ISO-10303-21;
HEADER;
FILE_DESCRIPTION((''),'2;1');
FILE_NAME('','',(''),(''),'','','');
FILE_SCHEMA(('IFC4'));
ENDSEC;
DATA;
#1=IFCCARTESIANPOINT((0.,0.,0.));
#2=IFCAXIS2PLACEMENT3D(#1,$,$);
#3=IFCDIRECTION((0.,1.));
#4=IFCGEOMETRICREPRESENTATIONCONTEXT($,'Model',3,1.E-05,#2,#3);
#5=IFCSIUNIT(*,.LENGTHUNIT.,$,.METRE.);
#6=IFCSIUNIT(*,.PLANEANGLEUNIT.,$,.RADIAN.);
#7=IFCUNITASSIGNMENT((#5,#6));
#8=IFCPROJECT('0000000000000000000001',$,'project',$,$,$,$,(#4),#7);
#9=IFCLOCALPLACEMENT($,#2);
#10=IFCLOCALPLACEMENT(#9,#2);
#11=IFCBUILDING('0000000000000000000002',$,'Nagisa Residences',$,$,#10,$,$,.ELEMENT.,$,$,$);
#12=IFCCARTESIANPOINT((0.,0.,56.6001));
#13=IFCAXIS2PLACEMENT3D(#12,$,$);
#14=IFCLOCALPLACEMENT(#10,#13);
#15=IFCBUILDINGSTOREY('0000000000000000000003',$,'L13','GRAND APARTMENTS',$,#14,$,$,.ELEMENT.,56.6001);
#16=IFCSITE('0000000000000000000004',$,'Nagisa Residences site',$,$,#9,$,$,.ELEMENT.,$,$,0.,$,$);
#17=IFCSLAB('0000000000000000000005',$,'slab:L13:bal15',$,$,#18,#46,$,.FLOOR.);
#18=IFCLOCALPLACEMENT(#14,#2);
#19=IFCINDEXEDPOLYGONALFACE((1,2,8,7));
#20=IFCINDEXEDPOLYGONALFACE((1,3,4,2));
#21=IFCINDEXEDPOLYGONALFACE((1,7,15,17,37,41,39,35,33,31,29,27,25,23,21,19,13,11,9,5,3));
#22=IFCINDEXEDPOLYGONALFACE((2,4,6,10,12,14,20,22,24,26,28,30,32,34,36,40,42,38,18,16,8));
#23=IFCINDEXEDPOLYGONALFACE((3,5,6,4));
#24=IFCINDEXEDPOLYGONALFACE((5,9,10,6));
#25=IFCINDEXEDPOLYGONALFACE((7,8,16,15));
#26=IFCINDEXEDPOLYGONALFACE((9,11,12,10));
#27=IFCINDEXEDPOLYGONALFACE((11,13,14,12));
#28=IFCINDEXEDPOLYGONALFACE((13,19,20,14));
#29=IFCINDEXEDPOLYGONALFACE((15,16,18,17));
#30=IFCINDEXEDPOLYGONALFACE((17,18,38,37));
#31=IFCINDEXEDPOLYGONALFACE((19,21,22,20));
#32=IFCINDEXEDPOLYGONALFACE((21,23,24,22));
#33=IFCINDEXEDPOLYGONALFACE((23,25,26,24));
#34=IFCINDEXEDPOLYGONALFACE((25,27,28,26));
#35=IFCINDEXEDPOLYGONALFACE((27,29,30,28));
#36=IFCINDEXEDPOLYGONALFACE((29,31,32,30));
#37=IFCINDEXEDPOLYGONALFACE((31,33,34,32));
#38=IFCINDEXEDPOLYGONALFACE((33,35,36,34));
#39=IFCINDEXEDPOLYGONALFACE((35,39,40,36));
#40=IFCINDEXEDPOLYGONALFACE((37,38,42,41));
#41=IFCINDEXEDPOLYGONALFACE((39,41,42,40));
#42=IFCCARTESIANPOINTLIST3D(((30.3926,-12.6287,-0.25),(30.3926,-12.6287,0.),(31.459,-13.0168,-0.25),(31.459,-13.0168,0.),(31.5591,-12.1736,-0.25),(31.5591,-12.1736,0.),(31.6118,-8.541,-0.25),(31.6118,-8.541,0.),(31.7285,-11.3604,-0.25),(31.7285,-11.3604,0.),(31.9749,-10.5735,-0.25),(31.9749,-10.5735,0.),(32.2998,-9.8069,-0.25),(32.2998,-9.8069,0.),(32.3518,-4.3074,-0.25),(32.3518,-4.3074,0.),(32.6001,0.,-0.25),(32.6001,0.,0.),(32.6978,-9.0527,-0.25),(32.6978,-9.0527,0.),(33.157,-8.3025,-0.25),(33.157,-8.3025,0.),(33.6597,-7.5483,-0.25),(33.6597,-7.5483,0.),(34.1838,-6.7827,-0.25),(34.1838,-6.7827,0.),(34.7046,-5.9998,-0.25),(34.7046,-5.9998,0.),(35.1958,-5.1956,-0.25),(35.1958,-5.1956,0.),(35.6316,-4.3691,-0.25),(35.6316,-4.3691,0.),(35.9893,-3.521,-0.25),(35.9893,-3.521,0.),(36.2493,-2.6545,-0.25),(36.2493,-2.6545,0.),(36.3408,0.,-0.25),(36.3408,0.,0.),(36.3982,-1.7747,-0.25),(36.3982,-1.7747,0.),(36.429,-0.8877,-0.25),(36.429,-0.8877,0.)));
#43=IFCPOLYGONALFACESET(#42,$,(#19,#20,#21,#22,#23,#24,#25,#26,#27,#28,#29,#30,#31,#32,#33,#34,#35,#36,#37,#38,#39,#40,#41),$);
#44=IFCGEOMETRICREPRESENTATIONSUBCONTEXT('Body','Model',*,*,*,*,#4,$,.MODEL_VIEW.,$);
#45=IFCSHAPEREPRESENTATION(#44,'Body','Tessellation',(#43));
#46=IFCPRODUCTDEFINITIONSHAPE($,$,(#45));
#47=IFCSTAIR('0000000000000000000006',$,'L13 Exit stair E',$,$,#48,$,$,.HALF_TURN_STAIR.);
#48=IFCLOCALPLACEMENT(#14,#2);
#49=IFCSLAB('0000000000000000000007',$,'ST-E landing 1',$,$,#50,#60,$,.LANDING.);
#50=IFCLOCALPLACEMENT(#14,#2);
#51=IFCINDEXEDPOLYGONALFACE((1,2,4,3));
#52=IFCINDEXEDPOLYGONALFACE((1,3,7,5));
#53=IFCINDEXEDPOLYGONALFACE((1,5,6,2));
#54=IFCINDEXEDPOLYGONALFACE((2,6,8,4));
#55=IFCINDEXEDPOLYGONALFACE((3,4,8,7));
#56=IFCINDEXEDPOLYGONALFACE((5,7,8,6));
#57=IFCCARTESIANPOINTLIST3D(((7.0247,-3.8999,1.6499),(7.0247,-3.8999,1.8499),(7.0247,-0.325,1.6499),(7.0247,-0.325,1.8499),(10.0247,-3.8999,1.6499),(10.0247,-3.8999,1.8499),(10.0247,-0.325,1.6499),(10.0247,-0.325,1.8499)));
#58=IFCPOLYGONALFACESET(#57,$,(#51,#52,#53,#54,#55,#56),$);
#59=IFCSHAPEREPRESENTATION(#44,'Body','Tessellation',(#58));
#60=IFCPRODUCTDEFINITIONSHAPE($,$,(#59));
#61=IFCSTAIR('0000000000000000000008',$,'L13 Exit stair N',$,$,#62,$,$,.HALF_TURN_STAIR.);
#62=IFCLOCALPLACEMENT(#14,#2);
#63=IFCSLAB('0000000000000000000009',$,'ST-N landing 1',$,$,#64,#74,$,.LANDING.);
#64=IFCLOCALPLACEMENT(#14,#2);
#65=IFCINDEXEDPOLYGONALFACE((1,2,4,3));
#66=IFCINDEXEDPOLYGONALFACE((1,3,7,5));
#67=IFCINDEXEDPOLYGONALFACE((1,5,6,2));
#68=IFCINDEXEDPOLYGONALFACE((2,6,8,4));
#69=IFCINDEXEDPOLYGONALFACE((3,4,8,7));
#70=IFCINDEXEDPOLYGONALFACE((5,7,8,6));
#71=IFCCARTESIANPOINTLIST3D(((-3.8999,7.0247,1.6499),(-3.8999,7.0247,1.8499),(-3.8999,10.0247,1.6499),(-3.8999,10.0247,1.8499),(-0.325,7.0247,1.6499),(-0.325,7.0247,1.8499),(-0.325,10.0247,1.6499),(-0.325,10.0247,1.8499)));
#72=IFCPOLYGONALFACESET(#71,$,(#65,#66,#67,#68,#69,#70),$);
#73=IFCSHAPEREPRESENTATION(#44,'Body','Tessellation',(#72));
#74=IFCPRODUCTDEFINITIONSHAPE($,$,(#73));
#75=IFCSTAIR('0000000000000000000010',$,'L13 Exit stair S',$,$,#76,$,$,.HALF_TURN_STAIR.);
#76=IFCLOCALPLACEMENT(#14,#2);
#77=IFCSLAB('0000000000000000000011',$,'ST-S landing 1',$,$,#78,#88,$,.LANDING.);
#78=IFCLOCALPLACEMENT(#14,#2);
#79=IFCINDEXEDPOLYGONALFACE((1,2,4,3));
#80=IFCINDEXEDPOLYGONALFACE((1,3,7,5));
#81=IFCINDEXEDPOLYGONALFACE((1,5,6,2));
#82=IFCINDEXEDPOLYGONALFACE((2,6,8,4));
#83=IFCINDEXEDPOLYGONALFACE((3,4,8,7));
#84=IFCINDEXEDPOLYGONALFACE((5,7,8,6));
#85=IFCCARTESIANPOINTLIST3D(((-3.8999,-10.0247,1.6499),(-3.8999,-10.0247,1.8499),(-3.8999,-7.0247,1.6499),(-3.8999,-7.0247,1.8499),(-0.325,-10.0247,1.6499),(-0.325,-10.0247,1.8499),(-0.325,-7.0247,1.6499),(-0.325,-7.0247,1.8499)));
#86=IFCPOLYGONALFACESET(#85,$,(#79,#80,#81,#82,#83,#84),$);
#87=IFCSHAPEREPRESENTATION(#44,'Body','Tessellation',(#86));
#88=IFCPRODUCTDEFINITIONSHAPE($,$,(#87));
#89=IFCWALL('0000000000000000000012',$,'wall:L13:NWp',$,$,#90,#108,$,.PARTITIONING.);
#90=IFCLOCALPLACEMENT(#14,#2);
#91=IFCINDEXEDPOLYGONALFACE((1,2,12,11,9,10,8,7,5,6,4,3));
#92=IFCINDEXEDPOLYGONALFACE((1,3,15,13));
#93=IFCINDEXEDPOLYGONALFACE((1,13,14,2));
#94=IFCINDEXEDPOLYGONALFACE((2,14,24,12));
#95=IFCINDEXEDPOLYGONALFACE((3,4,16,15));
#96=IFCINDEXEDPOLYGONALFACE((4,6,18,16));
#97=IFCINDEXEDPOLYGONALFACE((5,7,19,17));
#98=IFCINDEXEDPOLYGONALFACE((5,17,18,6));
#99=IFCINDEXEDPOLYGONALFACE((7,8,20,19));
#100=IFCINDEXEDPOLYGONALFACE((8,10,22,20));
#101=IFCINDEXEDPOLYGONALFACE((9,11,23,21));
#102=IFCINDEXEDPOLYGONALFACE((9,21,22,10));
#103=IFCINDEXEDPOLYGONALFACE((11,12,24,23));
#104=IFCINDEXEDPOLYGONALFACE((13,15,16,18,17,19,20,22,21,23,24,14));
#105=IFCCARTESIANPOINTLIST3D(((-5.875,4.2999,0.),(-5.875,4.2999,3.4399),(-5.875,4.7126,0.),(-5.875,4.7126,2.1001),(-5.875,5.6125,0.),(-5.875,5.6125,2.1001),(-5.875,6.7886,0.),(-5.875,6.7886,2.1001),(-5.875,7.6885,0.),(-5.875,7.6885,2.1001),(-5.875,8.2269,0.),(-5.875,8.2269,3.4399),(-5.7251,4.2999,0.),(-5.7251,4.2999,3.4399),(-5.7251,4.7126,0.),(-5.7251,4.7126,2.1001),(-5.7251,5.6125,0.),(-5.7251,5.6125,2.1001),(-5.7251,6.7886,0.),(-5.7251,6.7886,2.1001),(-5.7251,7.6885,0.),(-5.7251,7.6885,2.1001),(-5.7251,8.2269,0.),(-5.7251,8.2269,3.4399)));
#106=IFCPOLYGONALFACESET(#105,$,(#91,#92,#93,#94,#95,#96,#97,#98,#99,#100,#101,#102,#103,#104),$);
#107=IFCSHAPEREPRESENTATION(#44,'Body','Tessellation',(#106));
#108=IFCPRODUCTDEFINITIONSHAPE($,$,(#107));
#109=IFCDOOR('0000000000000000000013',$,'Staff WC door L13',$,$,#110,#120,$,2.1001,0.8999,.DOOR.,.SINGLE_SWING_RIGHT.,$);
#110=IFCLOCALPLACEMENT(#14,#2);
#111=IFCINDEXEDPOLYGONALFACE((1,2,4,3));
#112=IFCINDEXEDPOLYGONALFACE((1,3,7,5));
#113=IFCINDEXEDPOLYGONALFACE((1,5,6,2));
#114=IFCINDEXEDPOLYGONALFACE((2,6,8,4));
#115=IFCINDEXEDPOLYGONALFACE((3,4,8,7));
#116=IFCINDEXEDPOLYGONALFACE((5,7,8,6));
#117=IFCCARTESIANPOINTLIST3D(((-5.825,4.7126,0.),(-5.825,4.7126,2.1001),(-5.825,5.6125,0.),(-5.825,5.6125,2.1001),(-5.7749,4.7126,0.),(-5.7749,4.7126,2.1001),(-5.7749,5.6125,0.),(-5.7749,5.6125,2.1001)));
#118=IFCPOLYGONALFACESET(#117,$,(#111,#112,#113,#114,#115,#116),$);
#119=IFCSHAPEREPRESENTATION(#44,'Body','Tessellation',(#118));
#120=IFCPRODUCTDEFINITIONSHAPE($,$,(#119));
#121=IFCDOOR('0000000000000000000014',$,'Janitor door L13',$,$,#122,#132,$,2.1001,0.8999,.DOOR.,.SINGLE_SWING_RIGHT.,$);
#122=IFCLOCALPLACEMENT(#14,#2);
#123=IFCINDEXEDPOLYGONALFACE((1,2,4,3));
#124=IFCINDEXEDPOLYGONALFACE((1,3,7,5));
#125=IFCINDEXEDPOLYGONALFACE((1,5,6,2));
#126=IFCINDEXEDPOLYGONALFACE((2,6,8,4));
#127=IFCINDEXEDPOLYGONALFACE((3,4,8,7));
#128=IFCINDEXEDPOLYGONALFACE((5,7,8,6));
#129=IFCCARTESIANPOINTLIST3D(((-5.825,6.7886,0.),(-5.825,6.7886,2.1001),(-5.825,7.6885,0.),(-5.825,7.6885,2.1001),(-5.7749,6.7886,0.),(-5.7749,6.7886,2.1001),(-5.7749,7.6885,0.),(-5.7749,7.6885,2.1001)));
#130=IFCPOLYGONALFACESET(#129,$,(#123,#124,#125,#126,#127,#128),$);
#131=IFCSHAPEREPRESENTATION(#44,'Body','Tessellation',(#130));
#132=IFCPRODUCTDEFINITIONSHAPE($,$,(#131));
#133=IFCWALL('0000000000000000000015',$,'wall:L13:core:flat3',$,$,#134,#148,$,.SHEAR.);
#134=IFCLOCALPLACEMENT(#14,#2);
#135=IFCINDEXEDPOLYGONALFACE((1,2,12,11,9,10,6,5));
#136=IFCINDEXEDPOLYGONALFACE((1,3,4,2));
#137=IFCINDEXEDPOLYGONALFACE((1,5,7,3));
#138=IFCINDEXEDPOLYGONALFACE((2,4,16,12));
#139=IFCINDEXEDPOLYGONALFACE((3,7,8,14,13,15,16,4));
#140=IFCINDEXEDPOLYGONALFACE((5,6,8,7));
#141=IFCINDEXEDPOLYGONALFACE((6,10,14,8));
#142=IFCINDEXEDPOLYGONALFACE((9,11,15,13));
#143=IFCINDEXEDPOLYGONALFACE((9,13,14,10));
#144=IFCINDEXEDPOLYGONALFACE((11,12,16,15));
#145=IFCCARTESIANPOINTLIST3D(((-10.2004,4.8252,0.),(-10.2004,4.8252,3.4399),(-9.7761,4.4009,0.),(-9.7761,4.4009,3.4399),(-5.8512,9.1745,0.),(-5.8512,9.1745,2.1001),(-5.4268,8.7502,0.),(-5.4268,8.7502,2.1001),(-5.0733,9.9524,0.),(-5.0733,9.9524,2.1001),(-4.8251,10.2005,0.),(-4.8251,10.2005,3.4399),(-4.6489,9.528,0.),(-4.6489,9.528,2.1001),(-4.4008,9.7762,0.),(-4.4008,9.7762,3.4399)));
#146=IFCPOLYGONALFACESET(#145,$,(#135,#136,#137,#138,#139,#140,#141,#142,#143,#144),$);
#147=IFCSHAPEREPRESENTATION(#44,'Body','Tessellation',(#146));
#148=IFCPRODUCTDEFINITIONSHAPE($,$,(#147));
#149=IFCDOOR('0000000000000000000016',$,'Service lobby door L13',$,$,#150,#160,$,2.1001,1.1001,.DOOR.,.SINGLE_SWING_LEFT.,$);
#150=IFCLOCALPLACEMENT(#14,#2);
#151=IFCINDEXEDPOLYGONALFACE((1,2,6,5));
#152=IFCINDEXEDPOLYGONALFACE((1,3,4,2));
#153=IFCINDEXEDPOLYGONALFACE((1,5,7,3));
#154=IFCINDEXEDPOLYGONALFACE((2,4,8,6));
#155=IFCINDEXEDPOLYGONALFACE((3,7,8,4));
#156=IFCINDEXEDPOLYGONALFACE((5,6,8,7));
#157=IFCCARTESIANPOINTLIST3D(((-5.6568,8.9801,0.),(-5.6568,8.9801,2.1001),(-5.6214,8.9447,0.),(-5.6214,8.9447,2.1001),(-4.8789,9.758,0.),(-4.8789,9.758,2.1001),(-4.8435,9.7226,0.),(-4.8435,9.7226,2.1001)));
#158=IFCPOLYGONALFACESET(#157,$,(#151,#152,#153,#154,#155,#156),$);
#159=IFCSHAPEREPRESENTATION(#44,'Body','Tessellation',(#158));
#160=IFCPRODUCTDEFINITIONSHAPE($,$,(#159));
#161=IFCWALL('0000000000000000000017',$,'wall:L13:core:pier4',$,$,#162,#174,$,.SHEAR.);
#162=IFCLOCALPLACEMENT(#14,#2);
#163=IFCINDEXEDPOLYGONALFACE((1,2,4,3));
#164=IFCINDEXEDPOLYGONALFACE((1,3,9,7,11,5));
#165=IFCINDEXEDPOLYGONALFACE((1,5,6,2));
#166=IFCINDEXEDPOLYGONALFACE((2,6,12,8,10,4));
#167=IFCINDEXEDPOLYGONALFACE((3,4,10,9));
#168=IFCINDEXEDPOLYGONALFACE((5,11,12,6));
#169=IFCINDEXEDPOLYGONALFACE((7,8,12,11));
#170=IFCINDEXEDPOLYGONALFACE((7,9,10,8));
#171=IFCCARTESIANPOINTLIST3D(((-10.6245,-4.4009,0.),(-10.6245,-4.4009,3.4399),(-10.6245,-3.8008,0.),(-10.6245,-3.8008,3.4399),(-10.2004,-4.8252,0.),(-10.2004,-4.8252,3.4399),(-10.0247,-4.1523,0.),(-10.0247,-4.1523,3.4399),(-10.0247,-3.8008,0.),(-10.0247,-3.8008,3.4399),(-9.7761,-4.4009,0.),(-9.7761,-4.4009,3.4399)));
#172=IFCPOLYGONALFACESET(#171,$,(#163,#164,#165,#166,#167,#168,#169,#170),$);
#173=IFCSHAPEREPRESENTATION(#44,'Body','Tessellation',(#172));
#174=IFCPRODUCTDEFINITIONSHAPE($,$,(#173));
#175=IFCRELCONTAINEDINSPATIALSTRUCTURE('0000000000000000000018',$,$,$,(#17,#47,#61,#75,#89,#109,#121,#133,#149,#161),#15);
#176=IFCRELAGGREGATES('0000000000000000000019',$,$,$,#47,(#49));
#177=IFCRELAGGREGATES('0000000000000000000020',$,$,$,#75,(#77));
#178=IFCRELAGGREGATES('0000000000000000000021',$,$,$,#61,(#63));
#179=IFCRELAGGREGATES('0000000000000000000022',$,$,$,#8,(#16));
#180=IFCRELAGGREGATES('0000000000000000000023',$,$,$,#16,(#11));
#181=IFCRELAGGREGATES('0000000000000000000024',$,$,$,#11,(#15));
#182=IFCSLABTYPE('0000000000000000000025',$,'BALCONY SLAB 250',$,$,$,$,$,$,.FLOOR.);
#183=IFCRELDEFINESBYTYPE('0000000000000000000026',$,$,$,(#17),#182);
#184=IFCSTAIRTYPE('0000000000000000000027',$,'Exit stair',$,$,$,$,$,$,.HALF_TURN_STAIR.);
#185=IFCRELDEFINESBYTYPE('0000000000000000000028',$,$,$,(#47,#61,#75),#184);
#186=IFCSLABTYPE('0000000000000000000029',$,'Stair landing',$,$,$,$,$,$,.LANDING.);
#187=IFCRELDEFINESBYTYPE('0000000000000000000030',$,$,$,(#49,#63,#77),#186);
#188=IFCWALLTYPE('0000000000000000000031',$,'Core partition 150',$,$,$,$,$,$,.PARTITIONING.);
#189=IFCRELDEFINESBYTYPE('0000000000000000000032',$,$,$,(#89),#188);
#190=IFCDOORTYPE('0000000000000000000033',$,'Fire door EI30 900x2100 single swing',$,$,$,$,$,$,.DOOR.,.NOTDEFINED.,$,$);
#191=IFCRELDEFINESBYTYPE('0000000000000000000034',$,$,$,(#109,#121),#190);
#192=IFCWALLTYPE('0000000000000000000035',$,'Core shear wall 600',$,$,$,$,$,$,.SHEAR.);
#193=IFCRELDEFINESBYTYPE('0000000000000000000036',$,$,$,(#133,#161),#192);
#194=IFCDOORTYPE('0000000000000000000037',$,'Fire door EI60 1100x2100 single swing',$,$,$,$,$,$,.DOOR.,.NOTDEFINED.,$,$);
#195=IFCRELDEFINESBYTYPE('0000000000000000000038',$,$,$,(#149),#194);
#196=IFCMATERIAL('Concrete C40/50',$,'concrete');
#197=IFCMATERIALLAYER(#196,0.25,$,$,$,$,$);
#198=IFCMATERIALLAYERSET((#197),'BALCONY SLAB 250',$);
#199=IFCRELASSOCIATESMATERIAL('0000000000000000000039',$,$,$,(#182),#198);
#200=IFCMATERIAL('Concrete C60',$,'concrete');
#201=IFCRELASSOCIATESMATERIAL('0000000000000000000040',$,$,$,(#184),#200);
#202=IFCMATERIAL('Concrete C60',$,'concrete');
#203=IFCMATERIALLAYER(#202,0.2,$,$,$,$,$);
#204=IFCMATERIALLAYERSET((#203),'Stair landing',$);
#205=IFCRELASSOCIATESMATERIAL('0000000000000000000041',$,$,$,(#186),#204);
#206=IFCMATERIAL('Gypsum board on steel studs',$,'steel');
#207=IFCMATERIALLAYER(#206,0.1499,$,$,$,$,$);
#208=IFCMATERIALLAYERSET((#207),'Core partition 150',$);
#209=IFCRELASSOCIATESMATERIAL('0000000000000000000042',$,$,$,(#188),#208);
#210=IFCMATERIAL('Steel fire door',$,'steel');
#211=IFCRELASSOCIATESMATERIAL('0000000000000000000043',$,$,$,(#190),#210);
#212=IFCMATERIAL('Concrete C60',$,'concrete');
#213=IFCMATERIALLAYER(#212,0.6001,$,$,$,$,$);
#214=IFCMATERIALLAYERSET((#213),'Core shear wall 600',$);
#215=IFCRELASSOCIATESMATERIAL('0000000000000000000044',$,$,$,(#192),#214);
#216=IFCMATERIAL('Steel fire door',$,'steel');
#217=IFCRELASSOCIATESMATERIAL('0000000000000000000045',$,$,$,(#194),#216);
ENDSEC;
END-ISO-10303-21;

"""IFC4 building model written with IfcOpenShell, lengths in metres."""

from ifc_helpers import new_model, si_unit, direction, frame, frame_2d, origin, place, context, subcontext, project, spatial, polyline, rectangle, outline, extrude, material, layer, layer_set, type_object, element, fill, aggregate, save


model = new_model("IFC4")

# Units and contexts
model_context = context("Model", 3, precision=1e-05, world=origin(), true_north=direction((0.0, 1.0)))
body_context = subcontext(model_context, "Body", "Model", "MODEL_VIEW")
ifc_project = project(units=[si_unit("LENGTHUNIT", "METRE"), si_unit("PLANEANGLEUNIT", "RADIAN")], contexts=[model_context])

# Site, building, storey
site_placement = place(None, origin())
site = spatial("IfcSite", under=ifc_project, at=site_placement, Name="Nagisa Residences site", CompositionType="ELEMENT", RefElevation=0.0)
building_placement = place(site_placement, origin())
building = spatial("IfcBuilding", under=site, at=building_placement, Name="Nagisa Residences", CompositionType="ELEMENT")
storey_placement = place(building_placement, frame((0.0, 0.0, 56.6001)))
storey = spatial("IfcBuildingStorey", under=building, at=storey_placement, Name="L13", Description="GRAND APARTMENTS", CompositionType="ELEMENT", Elevation=56.6001)

# Slab
ifc_material_1 = material(Name="Concrete C40/50", Category="concrete")
ifc_layer_1 = layer(ifc_material_1, 0.25)
ifc_layer_set_1 = layer_set([ifc_layer_1], Name="BALCONY SLAB 250")
slab_type_1 = type_object("IfcSlabType", Name="BALCONY SLAB 250", PredefinedType="FLOOR", material=ifc_layer_set_1)
slab_1_placement = place(storey_placement, frame((0.0, 0.0, -0.25)))
element("IfcSlab", 1, at=slab_1_placement, inside=storey, type_object=slab_type_1, Name="slab:L13:bal15", PredefinedType="FLOOR", context=body_context, shape_type="SweptSolid", body=[
    extrude(outline(polyline([(31.459, -13.0168), (31.5591, -12.1736), (31.7285, -11.3604), (31.9749, -10.5735), (32.2998, -9.8069), (32.6978, -9.0527), (33.157, -8.3025), (33.6597, -7.5483), (34.1838, -6.7827), (34.7046, -5.9998), (35.1958, -5.1956), (35.6316, -4.3691), (35.9893, -3.521), (36.2493, -2.6545), (36.3982, -1.7747), (36.429, -0.8877), (36.3408, 0.0), (32.6001, 0.0), (32.3518, -4.3074), (31.6118, -8.541), (30.3926, -12.6287), (31.459, -13.0168)])), origin(), (0.0, 0.0, 1.0), 0.25),
])

# Stairs, slabs
ifc_material_2 = material(Name="Concrete C60", Category="concrete")
stair_type = type_object("IfcStairType", Name="Exit stair", PredefinedType="HALF_TURN_STAIR", material=ifc_material_2)
stair_1_placement = place(storey_placement, origin())
stair_1 = element("IfcStair", 2, at=stair_1_placement, inside=storey, type_object=stair_type, Name="L13 Exit stair E", PredefinedType="HALF_TURN_STAIR")
ifc_material_3 = material(Name="Concrete C60", Category="concrete")
ifc_layer_2 = layer(ifc_material_3, 0.2)
ifc_layer_set_2 = layer_set([ifc_layer_2], Name="Stair landing")
slab_type_2 = type_object("IfcSlabType", Name="Stair landing", PredefinedType="LANDING", material=ifc_layer_set_2)
slab_2_placement = place(storey_placement, frame((0.0, 0.0, 1.6499)))
slab_2 = element("IfcSlab", 3, at=slab_2_placement, type_object=slab_type_2, Name="ST-E landing 1", PredefinedType="LANDING", context=body_context, shape_type="SweptSolid", body=[
    extrude(outline(polyline([(7.0247, -0.325), (7.0247, -3.8999), (10.0247, -3.8999), (10.0247, -0.325), (7.0247, -0.325)])), origin(), (0.0, 0.0, 1.0), 0.2),
])
aggregate(stair_1, [slab_2])
stair_2_placement = place(storey_placement, origin())
stair_2 = element("IfcStair", 4, at=stair_2_placement, inside=storey, type_object=stair_type, Name="L13 Exit stair N", PredefinedType="HALF_TURN_STAIR")
slab_3_placement = place(storey_placement, frame((0.0, 0.0, 1.6499)))
slab_3 = element("IfcSlab", 5, at=slab_3_placement, type_object=slab_type_2, Name="ST-N landing 1", PredefinedType="LANDING", context=body_context, shape_type="SweptSolid", body=[
    extrude(outline(polyline([(-0.325, 10.0247), (-3.8999, 10.0247), (-3.8999, 7.0247), (-0.325, 7.0247), (-0.325, 10.0247)])), origin(), (0.0, 0.0, 1.0), 0.2),
])
stair_3_placement = place(storey_placement, origin())
stair_3 = element("IfcStair", 6, at=stair_3_placement, inside=storey, type_object=stair_type, Name="L13 Exit stair S", PredefinedType="HALF_TURN_STAIR")
slab_4_placement = place(storey_placement, frame((0.0, 0.0, 1.6499)))
slab_4 = element("IfcSlab", 7, at=slab_4_placement, type_object=slab_type_2, Name="ST-S landing 1", PredefinedType="LANDING", context=body_context, shape_type="SweptSolid", body=[
    extrude(outline(polyline([(-0.325, -7.0247), (-3.8999, -7.0247), (-3.8999, -10.0247), (-0.325, -10.0247), (-0.325, -7.0247)])), origin(), (0.0, 0.0, 1.0), 0.2),
])
aggregate(stair_3, [slab_4])

# Wall, openings, doors
ifc_material_4 = material(Name="Gypsum board on steel studs", Category="steel")
ifc_layer_3 = layer(ifc_material_4, 0.1499)
ifc_layer_set_3 = layer_set([ifc_layer_3], Name="Core partition 150")
wall_type_1 = type_object("IfcWallType", Name="Core partition 150", PredefinedType="PARTITIONING", material=ifc_layer_set_3)
wall_1_placement = place(storey_placement, frame((-5.8, 4.3, 0.0), z_axis=(0.0, 0.0, 1.0), x_axis=(0.0, 1.0, 0.0)))
wall_1 = element("IfcWall", 8, at=wall_1_placement, inside=storey, type_object=wall_type_1, Name="wall:L13:NWp", PredefinedType="PARTITIONING", context=body_context, shape_type="SweptSolid", body=[
    extrude(rectangle(XDim=3.927, YDim=0.1499, at=frame_2d((1.9634, 0.0))), origin(), (0.0, 0.0, 1.0), 3.4399),
])
opening_1_placement = place(wall_1_placement, frame((0.4126, 0.0, 0.0)))
opening_1 = element("IfcOpeningElement", 9, at=opening_1_placement, cuts=wall_1, PredefinedType="OPENING", context=body_context, shape_type="SweptSolid", body=[
    extrude(rectangle(XDim=0.8999, YDim=2.1001, at=frame_2d((0.45, 1.05))), frame((0.0, 0.085, 0.0), z_axis=(0.0, -1.0, 0.0), x_axis=(1.0, 0.0, 0.0)), (0.0, 0.0, 1.0), 0.1699),
])
opening_2_placement = place(wall_1_placement, frame((2.4885, 0.0, 0.0)))
opening_2 = element("IfcOpeningElement", 10, at=opening_2_placement, cuts=wall_1, PredefinedType="OPENING", context=body_context, shape_type="SweptSolid", body=[
    extrude(rectangle(XDim=0.8999, YDim=2.1001, at=frame_2d((0.45, 1.05))), frame((0.0, 0.085, 0.0), z_axis=(0.0, -1.0, 0.0), x_axis=(1.0, 0.0, 0.0)), (0.0, 0.0, 1.0), 0.1699),
])
ifc_material_5 = material(Name="Steel fire door", Category="steel")
door_type_1 = type_object("IfcDoorType", Name="Fire door EI30 900x2100 single swing", OperationType="NOTDEFINED", PredefinedType="DOOR", material=ifc_material_5)
door_1_placement = place(opening_1_placement, origin())
door_1 = element("IfcDoor", 11, at=door_1_placement, inside=storey, type_object=door_type_1, Name="Staff WC door L13", OperationType="SINGLE_SWING_RIGHT", OverallHeight=2.1001, OverallWidth=0.8999, PredefinedType="DOOR", context=body_context, shape_type="SweptSolid", body=[
    extrude(rectangle(XDim=0.8999, YDim=2.1001, at=frame_2d((0.45, 1.05))), frame((0.0, 0.0249, 0.0), z_axis=(0.0, -1.0, 0.0), x_axis=(1.0, 0.0, 0.0)), (0.0, 0.0, 1.0), 0.05),
])
fill(opening_1, door_1)
door_2_placement = place(opening_2_placement, origin())
door_2 = element("IfcDoor", 12, at=door_2_placement, inside=storey, type_object=door_type_1, Name="Janitor door L13", OperationType="SINGLE_SWING_RIGHT", OverallHeight=2.1001, OverallWidth=0.8999, PredefinedType="DOOR", context=body_context, shape_type="SweptSolid", body=[
    extrude(rectangle(XDim=0.8999, YDim=2.1001, at=frame_2d((0.45, 1.05))), frame((0.0, 0.0249, 0.0), z_axis=(0.0, -1.0, 0.0), x_axis=(1.0, 0.0, 0.0)), (0.0, 0.0, 1.0), 0.05),
])
fill(opening_2, door_2)

# Wall, opening, door
ifc_material_6 = material(Name="Concrete C60", Category="concrete")
ifc_layer_4 = layer(ifc_material_6, 0.6001)
ifc_layer_set_4 = layer_set([ifc_layer_4], Name="Core shear wall 600")
wall_type_2 = type_object("IfcWallType", Name="Core shear wall 600", PredefinedType="SHEAR", material=ifc_layer_set_4)
wall_2_placement = place(storey_placement, frame((-4.613, 9.9883, 0.0), z_axis=(0.0, 0.0, 1.0), x_axis=(-0.707107, -0.707107, 0.0)))
wall_2 = element("IfcWall", 13, at=wall_2_placement, inside=storey, type_object=wall_type_2, Name="wall:L13:core:flat3", PredefinedType="SHEAR", context=body_context, shape_type="SweptSolid", body=[
    extrude(rectangle(XDim=7.6018, YDim=0.6001, at=frame_2d((3.8008, 0.0))), origin(), (0.0, 0.0, 1.0), 3.4399),
])
opening_3_placement = place(wall_2_placement, frame((0.3508, 0.0, 0.0)))
opening_3 = element("IfcOpeningElement", 14, at=opening_3_placement, cuts=wall_2, PredefinedType="OPENING", context=body_context, shape_type="SweptSolid", body=[
    extrude(rectangle(XDim=1.1001, YDim=2.1001, at=frame_2d((0.55, 1.05))), frame((0.0, 0.3101, 0.0), z_axis=(0.0, -1.0, 0.0), x_axis=(1.0, 0.0, 0.0)), (0.0, 0.0, 1.0), 0.6201),
])
ifc_material_7 = material(Name="Steel fire door", Category="steel")
door_type_2 = type_object("IfcDoorType", Name="Fire door EI60 1100x2100 single swing", OperationType="NOTDEFINED", PredefinedType="DOOR", material=ifc_material_7)
door_3_placement = place(opening_3_placement, origin())
door_3 = element("IfcDoor", 15, at=door_3_placement, inside=storey, type_object=door_type_2, Name="Service lobby door L13", OperationType="SINGLE_SWING_LEFT", OverallHeight=2.1001, OverallWidth=1.1001, PredefinedType="DOOR", context=body_context, shape_type="SweptSolid", body=[
    extrude(rectangle(XDim=1.1001, YDim=2.1001, at=frame_2d((0.55, 1.05))), frame((0.0, 0.0249, 0.0), z_axis=(0.0, -1.0, 0.0), x_axis=(1.0, 0.0, 0.0)), (0.0, 0.0, 1.0), 0.05),
])
fill(opening_3, door_3)

# Wall
wall_3_placement = place(storey_placement, origin())
element("IfcWall", 16, at=wall_3_placement, inside=storey, type_object=wall_type_2, Name="wall:L13:core:pier4", PredefinedType="SHEAR", context=body_context, shape_type="SweptSolid", body=[
    extrude(outline(polyline([(-10.6245, -3.8008), (-10.0247, -3.8008), (-10.0247, -4.1523), (-9.7761, -4.4009), (-10.2004, -4.8252), (-10.6245, -4.4009), (-10.6245, -3.8008)])), origin(), (0.0, 0.0, 1.0), 3.4399),
])

aggregate(stair_2, [slab_3])

save(model, "model.ifc")
